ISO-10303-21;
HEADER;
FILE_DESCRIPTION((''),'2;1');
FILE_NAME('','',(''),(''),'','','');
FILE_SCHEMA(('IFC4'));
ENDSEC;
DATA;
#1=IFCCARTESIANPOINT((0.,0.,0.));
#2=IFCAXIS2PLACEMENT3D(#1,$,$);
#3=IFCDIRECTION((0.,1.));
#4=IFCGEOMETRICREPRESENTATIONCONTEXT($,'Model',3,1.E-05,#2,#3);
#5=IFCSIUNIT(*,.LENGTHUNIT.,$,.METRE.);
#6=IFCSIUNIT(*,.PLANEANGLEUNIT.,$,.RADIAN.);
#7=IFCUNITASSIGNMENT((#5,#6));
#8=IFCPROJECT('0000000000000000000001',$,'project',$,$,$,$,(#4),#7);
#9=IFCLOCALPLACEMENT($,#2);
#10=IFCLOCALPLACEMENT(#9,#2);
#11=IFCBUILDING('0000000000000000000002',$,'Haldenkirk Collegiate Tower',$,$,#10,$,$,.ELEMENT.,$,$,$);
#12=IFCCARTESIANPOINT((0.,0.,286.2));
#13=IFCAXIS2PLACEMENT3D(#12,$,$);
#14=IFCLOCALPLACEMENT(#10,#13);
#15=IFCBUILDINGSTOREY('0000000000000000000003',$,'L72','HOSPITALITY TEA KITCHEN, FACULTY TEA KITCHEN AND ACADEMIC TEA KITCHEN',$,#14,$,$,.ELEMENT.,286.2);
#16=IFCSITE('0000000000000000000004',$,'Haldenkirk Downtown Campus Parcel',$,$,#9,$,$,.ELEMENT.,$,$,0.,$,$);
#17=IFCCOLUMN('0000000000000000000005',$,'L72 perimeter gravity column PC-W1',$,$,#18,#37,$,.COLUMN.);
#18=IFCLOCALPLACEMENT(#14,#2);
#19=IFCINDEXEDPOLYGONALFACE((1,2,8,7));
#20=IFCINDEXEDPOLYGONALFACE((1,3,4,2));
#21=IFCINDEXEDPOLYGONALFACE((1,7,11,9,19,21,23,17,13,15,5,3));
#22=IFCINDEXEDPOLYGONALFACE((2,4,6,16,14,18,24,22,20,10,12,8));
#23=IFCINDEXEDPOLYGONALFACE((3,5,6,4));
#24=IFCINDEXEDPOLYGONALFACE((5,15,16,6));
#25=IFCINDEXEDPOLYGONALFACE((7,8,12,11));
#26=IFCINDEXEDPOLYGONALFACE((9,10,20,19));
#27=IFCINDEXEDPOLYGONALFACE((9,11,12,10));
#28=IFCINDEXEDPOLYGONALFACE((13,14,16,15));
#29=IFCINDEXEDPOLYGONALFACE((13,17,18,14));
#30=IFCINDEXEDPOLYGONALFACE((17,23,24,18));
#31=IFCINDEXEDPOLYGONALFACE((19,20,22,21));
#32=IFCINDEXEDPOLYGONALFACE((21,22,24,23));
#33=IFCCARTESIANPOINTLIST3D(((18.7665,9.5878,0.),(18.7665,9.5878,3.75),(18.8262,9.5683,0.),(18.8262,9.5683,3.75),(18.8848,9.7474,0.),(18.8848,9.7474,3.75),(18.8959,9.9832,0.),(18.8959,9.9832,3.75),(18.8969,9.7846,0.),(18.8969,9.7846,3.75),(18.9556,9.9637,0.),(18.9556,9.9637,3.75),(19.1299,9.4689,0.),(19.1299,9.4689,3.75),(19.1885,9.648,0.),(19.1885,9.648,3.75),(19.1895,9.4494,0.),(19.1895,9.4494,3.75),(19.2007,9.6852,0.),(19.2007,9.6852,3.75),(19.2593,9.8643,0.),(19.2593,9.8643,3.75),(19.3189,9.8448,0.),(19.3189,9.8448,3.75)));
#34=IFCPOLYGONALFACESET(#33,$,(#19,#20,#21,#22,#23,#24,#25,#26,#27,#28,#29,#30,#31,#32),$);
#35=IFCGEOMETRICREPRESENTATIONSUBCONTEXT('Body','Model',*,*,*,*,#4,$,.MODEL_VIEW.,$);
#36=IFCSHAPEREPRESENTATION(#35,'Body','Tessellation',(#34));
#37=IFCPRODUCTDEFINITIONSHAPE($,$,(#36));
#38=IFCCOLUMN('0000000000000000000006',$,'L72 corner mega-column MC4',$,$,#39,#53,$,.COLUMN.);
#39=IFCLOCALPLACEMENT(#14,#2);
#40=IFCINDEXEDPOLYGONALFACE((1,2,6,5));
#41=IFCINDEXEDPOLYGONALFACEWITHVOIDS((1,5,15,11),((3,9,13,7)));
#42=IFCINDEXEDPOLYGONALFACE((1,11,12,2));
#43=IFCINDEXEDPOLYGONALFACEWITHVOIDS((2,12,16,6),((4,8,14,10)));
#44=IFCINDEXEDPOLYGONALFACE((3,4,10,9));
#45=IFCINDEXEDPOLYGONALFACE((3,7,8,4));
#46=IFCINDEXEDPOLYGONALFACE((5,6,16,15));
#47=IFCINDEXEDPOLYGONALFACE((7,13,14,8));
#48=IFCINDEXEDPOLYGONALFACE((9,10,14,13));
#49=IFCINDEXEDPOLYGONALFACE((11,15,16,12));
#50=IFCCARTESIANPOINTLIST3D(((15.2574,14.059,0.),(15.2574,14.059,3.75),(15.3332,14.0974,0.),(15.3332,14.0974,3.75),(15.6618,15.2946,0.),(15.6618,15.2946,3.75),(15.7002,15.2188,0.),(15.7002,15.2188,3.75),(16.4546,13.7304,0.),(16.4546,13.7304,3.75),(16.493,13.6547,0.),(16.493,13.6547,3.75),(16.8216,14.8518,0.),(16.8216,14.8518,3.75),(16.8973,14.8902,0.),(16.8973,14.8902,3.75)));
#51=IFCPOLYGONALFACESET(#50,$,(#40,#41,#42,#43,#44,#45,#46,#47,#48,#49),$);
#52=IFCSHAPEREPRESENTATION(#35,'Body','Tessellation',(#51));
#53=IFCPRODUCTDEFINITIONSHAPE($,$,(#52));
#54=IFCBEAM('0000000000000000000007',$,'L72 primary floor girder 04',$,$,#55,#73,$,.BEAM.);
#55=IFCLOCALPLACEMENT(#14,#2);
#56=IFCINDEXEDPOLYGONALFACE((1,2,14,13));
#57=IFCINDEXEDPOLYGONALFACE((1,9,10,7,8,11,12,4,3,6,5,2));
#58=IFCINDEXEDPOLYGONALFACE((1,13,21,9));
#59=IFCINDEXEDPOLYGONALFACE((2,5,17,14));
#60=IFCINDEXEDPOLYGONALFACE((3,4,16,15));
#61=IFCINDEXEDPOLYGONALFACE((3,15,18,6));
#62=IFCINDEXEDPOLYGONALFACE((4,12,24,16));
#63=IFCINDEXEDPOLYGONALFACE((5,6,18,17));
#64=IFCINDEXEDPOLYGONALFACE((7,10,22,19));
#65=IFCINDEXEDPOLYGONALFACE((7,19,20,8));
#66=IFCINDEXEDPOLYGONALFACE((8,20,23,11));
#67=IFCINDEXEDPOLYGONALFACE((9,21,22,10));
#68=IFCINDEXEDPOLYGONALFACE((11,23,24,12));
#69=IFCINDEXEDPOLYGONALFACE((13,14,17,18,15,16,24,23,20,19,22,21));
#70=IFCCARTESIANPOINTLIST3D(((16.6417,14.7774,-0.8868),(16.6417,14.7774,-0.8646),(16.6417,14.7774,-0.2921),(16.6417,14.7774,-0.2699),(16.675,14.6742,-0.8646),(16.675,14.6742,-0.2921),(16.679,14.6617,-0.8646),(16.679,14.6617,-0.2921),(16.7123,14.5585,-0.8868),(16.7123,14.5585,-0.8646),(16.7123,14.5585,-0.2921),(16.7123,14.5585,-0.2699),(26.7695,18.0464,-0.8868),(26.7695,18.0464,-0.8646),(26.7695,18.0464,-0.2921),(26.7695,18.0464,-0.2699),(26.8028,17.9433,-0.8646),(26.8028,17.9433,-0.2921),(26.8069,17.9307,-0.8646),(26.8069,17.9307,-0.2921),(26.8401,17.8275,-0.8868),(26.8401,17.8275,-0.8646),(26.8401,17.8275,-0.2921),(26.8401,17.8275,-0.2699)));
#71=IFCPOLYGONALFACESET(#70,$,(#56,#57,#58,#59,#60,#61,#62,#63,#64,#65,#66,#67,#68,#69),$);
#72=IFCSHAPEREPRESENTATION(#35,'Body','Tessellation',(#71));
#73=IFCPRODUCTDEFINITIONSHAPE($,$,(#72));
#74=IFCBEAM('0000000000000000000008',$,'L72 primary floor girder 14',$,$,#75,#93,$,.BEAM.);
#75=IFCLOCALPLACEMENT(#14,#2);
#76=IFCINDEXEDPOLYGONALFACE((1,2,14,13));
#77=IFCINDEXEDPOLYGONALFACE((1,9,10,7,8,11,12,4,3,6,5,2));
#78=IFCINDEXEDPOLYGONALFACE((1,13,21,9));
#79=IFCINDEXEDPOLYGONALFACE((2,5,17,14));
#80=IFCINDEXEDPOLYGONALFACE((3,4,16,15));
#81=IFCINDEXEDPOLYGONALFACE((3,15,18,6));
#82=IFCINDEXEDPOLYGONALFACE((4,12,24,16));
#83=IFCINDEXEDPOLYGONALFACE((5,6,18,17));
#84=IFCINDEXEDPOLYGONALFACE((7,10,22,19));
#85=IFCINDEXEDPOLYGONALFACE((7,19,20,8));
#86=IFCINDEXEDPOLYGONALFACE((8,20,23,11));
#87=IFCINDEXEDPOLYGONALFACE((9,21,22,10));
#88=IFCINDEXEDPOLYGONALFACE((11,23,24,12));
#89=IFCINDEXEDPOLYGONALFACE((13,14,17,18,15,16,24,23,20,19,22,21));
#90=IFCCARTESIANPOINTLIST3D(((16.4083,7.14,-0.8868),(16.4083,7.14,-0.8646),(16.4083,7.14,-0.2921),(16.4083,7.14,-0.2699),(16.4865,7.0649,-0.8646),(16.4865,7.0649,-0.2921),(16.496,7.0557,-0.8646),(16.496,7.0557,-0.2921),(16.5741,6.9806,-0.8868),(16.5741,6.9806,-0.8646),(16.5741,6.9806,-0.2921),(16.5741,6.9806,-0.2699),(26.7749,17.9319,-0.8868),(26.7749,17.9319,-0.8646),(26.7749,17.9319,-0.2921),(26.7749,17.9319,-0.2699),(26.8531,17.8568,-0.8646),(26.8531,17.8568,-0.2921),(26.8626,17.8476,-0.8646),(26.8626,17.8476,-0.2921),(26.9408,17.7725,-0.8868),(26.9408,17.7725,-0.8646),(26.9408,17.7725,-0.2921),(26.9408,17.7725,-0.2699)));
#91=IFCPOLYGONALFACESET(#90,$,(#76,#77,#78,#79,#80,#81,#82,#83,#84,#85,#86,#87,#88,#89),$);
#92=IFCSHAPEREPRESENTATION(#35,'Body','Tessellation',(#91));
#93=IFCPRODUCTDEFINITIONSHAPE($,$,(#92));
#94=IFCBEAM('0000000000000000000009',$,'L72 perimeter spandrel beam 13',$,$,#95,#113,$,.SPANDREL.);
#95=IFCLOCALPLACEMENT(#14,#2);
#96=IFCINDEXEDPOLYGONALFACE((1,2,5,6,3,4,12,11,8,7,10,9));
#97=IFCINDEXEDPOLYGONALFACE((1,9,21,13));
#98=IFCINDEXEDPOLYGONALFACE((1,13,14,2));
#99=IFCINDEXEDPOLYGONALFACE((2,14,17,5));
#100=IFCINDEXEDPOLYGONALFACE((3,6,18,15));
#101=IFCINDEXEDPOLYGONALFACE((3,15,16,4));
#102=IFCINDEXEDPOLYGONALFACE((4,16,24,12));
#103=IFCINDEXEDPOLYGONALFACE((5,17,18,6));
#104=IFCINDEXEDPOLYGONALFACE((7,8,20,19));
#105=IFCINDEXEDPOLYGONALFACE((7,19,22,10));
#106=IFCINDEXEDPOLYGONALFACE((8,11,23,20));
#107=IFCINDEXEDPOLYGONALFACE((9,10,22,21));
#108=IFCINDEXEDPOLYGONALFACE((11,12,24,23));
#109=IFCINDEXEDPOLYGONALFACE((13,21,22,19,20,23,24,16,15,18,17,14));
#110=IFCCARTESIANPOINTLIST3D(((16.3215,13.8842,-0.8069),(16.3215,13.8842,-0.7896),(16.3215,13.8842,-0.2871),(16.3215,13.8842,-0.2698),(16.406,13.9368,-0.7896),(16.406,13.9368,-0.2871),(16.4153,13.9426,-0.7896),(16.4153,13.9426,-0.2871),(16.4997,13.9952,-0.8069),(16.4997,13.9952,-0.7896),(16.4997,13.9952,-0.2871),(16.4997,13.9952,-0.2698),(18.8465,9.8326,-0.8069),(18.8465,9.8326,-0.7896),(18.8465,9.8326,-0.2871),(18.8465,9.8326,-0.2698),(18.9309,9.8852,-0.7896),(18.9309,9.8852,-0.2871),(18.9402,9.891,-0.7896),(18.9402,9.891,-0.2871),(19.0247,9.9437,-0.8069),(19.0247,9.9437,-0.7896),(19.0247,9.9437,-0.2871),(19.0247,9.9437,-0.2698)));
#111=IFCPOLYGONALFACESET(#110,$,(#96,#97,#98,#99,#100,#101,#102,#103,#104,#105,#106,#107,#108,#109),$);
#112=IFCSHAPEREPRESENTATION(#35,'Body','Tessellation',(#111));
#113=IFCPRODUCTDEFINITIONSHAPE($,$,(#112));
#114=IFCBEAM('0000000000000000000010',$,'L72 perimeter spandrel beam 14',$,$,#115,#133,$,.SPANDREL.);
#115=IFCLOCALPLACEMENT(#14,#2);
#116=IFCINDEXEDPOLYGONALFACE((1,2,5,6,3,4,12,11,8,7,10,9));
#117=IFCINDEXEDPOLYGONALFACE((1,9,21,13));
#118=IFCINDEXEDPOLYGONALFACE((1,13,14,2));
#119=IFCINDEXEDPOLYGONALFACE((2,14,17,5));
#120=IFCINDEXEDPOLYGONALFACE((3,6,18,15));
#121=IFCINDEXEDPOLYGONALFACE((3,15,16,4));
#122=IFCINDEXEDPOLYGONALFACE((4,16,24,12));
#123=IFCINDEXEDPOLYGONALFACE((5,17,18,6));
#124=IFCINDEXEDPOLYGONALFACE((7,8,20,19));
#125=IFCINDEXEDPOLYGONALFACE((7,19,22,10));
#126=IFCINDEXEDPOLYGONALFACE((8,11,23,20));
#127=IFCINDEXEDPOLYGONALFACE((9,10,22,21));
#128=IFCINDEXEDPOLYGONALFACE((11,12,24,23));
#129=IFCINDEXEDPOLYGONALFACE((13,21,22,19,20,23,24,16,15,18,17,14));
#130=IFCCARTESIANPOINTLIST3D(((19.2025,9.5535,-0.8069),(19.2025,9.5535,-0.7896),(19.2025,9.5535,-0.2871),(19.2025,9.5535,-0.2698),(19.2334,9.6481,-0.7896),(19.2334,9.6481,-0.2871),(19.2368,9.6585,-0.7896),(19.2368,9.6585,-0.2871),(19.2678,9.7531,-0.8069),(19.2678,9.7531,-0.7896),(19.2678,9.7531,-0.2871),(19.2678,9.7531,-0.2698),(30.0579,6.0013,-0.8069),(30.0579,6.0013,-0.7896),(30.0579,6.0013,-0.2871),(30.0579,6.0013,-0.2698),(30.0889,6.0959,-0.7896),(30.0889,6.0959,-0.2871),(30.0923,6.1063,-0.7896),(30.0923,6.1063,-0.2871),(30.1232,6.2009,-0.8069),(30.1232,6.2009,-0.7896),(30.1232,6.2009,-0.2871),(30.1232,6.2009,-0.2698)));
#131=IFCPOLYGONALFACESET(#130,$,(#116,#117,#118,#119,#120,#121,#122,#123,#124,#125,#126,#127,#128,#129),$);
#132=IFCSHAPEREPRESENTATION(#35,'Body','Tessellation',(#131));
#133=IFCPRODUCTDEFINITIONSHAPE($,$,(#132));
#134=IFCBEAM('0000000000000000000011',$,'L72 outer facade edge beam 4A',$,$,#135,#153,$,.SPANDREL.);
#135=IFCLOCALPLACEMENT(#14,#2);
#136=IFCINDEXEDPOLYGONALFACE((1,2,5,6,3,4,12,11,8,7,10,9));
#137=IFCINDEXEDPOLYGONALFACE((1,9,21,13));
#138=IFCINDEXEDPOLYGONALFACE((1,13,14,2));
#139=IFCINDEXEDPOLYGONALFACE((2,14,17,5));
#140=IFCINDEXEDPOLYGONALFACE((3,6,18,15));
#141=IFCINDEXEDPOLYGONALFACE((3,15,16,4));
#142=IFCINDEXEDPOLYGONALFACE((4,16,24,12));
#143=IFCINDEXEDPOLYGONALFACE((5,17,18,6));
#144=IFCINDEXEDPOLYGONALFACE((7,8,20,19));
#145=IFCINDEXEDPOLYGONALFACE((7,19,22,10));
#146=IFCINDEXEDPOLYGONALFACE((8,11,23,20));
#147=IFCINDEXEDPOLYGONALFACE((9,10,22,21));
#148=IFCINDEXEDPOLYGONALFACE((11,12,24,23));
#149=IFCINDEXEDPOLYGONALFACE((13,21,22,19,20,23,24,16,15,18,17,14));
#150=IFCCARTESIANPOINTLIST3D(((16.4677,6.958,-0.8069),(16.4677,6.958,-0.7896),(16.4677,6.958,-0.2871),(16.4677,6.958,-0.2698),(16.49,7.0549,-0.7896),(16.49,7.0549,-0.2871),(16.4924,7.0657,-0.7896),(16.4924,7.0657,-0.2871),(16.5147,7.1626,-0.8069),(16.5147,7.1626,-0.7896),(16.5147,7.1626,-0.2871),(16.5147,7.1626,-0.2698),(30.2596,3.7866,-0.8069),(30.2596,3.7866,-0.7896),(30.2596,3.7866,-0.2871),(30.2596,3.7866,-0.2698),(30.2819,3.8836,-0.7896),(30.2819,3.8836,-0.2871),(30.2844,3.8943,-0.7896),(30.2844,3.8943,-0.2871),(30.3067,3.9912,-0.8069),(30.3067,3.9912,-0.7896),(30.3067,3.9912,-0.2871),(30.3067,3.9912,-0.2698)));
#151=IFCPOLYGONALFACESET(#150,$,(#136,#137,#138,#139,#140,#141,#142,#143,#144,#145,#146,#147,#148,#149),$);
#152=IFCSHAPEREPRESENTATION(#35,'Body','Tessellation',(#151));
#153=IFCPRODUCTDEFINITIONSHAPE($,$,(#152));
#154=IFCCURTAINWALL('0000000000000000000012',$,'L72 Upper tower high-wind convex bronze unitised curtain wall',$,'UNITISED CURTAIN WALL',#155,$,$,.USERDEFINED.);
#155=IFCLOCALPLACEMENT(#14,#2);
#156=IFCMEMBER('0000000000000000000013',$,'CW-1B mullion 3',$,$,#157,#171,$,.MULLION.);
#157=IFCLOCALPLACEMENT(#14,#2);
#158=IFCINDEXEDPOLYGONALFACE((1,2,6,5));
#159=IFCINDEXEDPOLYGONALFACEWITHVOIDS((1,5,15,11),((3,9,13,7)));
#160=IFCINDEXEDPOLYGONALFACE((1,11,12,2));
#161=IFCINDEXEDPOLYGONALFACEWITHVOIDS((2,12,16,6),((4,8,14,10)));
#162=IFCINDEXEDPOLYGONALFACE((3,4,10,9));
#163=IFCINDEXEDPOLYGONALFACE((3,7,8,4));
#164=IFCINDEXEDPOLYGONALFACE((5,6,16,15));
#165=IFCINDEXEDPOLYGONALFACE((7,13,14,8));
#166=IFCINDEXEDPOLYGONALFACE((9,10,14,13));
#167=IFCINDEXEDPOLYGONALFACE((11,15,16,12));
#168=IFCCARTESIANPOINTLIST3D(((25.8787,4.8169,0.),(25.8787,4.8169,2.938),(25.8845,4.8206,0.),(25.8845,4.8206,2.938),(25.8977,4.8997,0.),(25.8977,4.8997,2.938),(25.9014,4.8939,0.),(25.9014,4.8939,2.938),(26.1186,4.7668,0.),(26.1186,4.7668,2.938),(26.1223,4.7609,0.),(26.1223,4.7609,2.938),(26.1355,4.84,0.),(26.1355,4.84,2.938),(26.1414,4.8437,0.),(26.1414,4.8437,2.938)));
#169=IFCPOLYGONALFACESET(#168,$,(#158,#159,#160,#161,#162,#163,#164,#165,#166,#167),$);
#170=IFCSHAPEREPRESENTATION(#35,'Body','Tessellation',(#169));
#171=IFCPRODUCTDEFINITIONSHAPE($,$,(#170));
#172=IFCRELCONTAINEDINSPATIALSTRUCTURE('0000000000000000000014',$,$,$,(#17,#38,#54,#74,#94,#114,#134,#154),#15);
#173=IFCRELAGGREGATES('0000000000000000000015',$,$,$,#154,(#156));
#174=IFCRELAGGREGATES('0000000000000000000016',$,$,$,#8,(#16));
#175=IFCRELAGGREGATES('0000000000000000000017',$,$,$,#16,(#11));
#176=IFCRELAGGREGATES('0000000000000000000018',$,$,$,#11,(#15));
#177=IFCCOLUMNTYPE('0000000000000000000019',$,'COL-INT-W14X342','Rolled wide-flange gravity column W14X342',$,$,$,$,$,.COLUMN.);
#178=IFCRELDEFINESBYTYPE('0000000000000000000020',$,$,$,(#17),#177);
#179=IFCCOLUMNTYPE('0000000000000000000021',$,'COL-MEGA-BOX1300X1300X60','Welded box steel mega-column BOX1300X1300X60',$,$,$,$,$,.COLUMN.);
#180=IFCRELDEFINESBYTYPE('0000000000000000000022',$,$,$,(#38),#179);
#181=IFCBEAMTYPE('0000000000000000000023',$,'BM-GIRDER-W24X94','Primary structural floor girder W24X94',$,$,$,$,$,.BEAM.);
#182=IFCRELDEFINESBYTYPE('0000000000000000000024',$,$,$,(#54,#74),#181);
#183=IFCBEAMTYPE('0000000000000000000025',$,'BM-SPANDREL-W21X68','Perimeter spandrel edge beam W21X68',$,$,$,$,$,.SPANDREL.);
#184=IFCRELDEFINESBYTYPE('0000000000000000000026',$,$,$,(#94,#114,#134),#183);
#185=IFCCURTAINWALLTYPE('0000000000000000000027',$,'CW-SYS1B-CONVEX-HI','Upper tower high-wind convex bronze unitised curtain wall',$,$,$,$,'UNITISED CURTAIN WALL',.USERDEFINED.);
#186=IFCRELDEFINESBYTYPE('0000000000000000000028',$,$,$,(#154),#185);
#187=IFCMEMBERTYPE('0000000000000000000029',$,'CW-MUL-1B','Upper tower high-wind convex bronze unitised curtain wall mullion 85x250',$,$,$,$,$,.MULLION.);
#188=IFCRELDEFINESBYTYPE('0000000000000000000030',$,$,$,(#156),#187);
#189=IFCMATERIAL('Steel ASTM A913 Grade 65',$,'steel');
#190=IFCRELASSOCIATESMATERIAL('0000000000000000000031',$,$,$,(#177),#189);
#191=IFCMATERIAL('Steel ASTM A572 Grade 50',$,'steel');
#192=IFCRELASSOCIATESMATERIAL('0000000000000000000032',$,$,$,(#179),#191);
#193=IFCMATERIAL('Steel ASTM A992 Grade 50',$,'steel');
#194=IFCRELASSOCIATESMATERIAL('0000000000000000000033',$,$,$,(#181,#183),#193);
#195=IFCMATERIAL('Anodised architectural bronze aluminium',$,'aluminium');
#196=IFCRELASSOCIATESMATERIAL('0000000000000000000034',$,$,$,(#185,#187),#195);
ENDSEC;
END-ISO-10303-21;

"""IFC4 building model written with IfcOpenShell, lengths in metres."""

from ifc_helpers import new_model, si_unit, direction, frame, origin, origin_2d, place, context, subcontext, project, spatial, hollow_rectangle, i_section, extrude, material, material_profile, profile_set, type_object, element, aggregate, save


model = new_model("IFC4")

# Units and contexts
model_context = context("Model", 3, precision=1e-05, world=origin(), true_north=direction((0.0, 1.0)))
body_context = subcontext(model_context, "Body", "Model", "MODEL_VIEW")
ifc_project = project(units=[si_unit("LENGTHUNIT", "METRE"), si_unit("PLANEANGLEUNIT", "RADIAN")], contexts=[model_context])

# Site, building, storey
site_placement = place(None, origin())
site = spatial("IfcSite", under=ifc_project, at=site_placement, Name="Haldenkirk Downtown Campus Parcel", CompositionType="ELEMENT", RefElevation=0.0)
building_placement = place(site_placement, origin())
building = spatial("IfcBuilding", under=site, at=building_placement, Name="Haldenkirk Collegiate Tower", CompositionType="ELEMENT")
storey_placement = place(building_placement, frame((0.0, 0.0, 286.2)))
storey = spatial("IfcBuildingStorey", under=building, at=storey_placement, Name="L72", Description="HOSPITALITY TEA KITCHEN, FACULTY TEA KITCHEN AND ACADEMIC TEA KITCHEN", CompositionType="ELEMENT", Elevation=286.2)

# Columns
ifc_material_1 = material(Name="Steel ASTM A913 Grade 65", Category="steel")
ifc_material_profile_1 = material_profile(ifc_material_1, i_section(OverallWidth=0.416, OverallDepth=0.4451, WebThickness=0.0391, FlangeThickness=0.0627, at=origin_2d()), Name="W14X342")
ifc_profile_set_1 = profile_set([ifc_material_profile_1], Name="Steel ASTM A913 Grade 65")
column_type_1 = type_object("IfcColumnType", Name="COL-INT-W14X342", Description="Rolled wide-flange gravity column W14X342", PredefinedType="COLUMN", material=ifc_profile_set_1)
column_1_placement = place(storey_placement, frame((19.0427, 9.7163, 0.0), z_axis=(0.0, 0.0, 1.0), x_axis=(0.311008, 0.950407, 0.0)))
element("IfcColumn", 1, at=column_1_placement, inside=storey, type_object=column_type_1, Name="L72 perimeter gravity column PC-W1", PredefinedType="COLUMN", context=body_context, shape_type="SweptSolid", body=[
    extrude(i_section(OverallWidth=0.416, OverallDepth=0.4451, WebThickness=0.0391, FlangeThickness=0.0627, at=origin_2d()), origin(), (0.0, 0.0, 1.0), 3.75),
])
ifc_material_2 = material(Name="Steel ASTM A572 Grade 50", Category="steel")
ifc_material_profile_2 = material_profile(ifc_material_2, hollow_rectangle(XDim=1.3, YDim=1.3, WallThickness=0.0601, at=origin_2d()), Name="BOX1300X1300X60")
ifc_profile_set_2 = profile_set([ifc_material_profile_2], Name="Steel ASTM A572 Grade 50")
column_type_2 = type_object("IfcColumnType", Name="COL-MEGA-BOX1300X1300X60", Description="Welded box steel mega-column BOX1300X1300X60", PredefinedType="COLUMN", material=ifc_profile_set_2)
column_2_placement = place(storey_placement, frame((16.0774, 14.4746, 0.0), z_axis=(0.0, 0.0, 1.0), x_axis=(0.311008, 0.950407, 0.0)))
element("IfcColumn", 2, at=column_2_placement, inside=storey, type_object=column_type_2, Name="L72 corner mega-column MC4", PredefinedType="COLUMN", context=body_context, shape_type="SweptSolid", body=[
    extrude(hollow_rectangle(XDim=1.3, YDim=1.3, WallThickness=0.0601, at=origin_2d()), origin(), (0.0, 0.0, 1.0), 3.75),
])

# Beams
ifc_material_3 = material(Name="Steel ASTM A992 Grade 50", Category="steel")
ifc_material_profile_3 = material_profile(ifc_material_3, i_section(OverallWidth=0.23, OverallDepth=0.6169, WebThickness=0.0132, FlangeThickness=0.0222, at=origin_2d()), Name="W24X94")
ifc_profile_set_3 = profile_set([ifc_material_profile_3], Name="Steel ASTM A992 Grade 50")
beam_type_1 = type_object("IfcBeamType", Name="BM-GIRDER-W24X94", Description="Primary structural floor girder W24X94", PredefinedType="BEAM", material=ifc_profile_set_3)
beam_1_placement = place(storey_placement, frame((16.677, 14.668, -0.5784), z_axis=(0.951655, 0.30717, 0.0), x_axis=(-0.30717, 0.951655, 0.0)))
element("IfcBeam", 3, at=beam_1_placement, inside=storey, type_object=beam_type_1, Name="L72 primary floor girder 04", PredefinedType="BEAM", context=body_context, shape_type="SweptSolid", body=[
    extrude(i_section(OverallWidth=0.23, OverallDepth=0.6169, WebThickness=0.0132, FlangeThickness=0.0222, at=origin_2d()), origin(), (0.0, 0.0, 1.0), 10.6423),
])
beam_2_placement = place(storey_placement, frame((16.4912, 7.0603, -0.5784), z_axis=(0.692754, 0.721174, 0.0), x_axis=(-0.721174, 0.692754, 0.0)))
element("IfcBeam", 4, at=beam_2_placement, inside=storey, type_object=beam_type_1, Name="L72 primary floor girder 14", PredefinedType="BEAM", context=body_context, shape_type="SweptSolid", body=[
    extrude(i_section(OverallWidth=0.23, OverallDepth=0.6169, WebThickness=0.0132, FlangeThickness=0.0222, at=origin_2d()), origin(), (0.0, 0.0, 1.0), 14.9644),
])
ifc_material_profile_4 = material_profile(ifc_material_3, i_section(OverallWidth=0.21, OverallDepth=0.5371, WebThickness=0.011, FlangeThickness=0.0173, at=origin_2d()), Name="W21X68")
ifc_profile_set_4 = profile_set([ifc_material_profile_4], Name="Steel ASTM A992 Grade 50")
beam_type_2 = type_object("IfcBeamType", Name="BM-SPANDREL-W21X68", Description="Perimeter spandrel edge beam W21X68", PredefinedType="SPANDREL", material=ifc_profile_set_4)
beam_3_placement = place(storey_placement, frame((16.4106, 13.9397, -0.5383), z_axis=(0.5289, -0.848684, 0.0), x_axis=(0.848684, 0.5289, 0.0)))
element("IfcBeam", 5, at=beam_3_placement, inside=storey, type_object=beam_type_2, Name="L72 perimeter spandrel beam 13", PredefinedType="SPANDREL", context=body_context, shape_type="SweptSolid", body=[
    extrude(i_section(OverallWidth=0.21, OverallDepth=0.5371, WebThickness=0.011, FlangeThickness=0.0173, at=origin_2d()), origin(), (0.0, 0.0, 1.0), 4.7739),
])
beam_4_placement = place(storey_placement, frame((19.2351, 9.6533, -0.5383), z_axis=(0.950409, -0.311003, 0.0), x_axis=(0.311003, 0.950409, 0.0)))
element("IfcBeam", 6, at=beam_4_placement, inside=storey, type_object=beam_type_2, Name="L72 perimeter spandrel beam 14", PredefinedType="SPANDREL", context=body_context, shape_type="SweptSolid", body=[
    extrude(i_section(OverallWidth=0.21, OverallDepth=0.5371, WebThickness=0.011, FlangeThickness=0.0173, at=origin_2d()), origin(), (0.0, 0.0, 1.0), 11.4219),
])
beam_5_placement = place(storey_placement, frame((16.4912, 7.0603, -0.5383), z_axis=(0.974567, -0.224096, 0.0), x_axis=(0.224096, 0.974567, 0.0)))
element("IfcBeam", 7, at=beam_5_placement, inside=storey, type_object=beam_type_2, Name="L72 outer facade edge beam 4A", PredefinedType="SPANDREL", context=body_context, shape_type="SweptSolid", body=[
    extrude(i_section(OverallWidth=0.21, OverallDepth=0.5371, WebThickness=0.011, FlangeThickness=0.0173, at=origin_2d()), origin(), (0.0, 0.0, 1.0), 14.1519),
])

# Curtain wall, member
ifc_material_4 = material(Name="Anodised architectural bronze aluminium", Category="aluminium")
curtain_wall_type = type_object("IfcCurtainWallType", Name="CW-SYS1B-CONVEX-HI", Description="Upper tower high-wind convex bronze unitised curtain wall", ElementType="UNITISED CURTAIN WALL", PredefinedType="USERDEFINED", material=ifc_material_4)
curtain_wall_placement = place(storey_placement, origin())
curtain_wall = element("IfcCurtainWall", 8, at=curtain_wall_placement, inside=storey, type_object=curtain_wall_type, Name="L72 Upper tower high-wind convex bronze unitised curtain wall", ObjectType="UNITISED CURTAIN WALL", PredefinedType="USERDEFINED")
ifc_material_profile_5 = material_profile(ifc_material_4, hollow_rectangle(XDim=0.085, YDim=0.25, WallThickness=0.0049, at=origin_2d()), Name="CW-MUL-1B")
ifc_profile_set_5 = profile_set([ifc_material_profile_5], Name="Anodised architectural bronze aluminium")
member_type_1 = type_object("IfcMemberType", Name="CW-MUL-1B", Description="Upper tower high-wind convex bronze unitised curtain wall mullion 85x250", PredefinedType="MULLION", material=ifc_profile_set_5)
member_1_placement = place(storey_placement, frame((26.01, 4.8303, 0.0), z_axis=(0.0, 0.0, 1.0), x_axis=(-0.224101, -0.974566, 0.0)))
member_1 = element("IfcMember", 9, at=member_1_placement, type_object=member_type_1, Name="CW-1B mullion 3", PredefinedType="MULLION", context=body_context, shape_type="SweptSolid", body=[
    extrude(hollow_rectangle(XDim=0.085, YDim=0.25, WallThickness=0.0049, at=origin_2d()), origin(), (0.0, 0.0, 1.0), 2.938),
])
aggregate(curtain_wall, [member_1])

save(model, "model.ifc")
